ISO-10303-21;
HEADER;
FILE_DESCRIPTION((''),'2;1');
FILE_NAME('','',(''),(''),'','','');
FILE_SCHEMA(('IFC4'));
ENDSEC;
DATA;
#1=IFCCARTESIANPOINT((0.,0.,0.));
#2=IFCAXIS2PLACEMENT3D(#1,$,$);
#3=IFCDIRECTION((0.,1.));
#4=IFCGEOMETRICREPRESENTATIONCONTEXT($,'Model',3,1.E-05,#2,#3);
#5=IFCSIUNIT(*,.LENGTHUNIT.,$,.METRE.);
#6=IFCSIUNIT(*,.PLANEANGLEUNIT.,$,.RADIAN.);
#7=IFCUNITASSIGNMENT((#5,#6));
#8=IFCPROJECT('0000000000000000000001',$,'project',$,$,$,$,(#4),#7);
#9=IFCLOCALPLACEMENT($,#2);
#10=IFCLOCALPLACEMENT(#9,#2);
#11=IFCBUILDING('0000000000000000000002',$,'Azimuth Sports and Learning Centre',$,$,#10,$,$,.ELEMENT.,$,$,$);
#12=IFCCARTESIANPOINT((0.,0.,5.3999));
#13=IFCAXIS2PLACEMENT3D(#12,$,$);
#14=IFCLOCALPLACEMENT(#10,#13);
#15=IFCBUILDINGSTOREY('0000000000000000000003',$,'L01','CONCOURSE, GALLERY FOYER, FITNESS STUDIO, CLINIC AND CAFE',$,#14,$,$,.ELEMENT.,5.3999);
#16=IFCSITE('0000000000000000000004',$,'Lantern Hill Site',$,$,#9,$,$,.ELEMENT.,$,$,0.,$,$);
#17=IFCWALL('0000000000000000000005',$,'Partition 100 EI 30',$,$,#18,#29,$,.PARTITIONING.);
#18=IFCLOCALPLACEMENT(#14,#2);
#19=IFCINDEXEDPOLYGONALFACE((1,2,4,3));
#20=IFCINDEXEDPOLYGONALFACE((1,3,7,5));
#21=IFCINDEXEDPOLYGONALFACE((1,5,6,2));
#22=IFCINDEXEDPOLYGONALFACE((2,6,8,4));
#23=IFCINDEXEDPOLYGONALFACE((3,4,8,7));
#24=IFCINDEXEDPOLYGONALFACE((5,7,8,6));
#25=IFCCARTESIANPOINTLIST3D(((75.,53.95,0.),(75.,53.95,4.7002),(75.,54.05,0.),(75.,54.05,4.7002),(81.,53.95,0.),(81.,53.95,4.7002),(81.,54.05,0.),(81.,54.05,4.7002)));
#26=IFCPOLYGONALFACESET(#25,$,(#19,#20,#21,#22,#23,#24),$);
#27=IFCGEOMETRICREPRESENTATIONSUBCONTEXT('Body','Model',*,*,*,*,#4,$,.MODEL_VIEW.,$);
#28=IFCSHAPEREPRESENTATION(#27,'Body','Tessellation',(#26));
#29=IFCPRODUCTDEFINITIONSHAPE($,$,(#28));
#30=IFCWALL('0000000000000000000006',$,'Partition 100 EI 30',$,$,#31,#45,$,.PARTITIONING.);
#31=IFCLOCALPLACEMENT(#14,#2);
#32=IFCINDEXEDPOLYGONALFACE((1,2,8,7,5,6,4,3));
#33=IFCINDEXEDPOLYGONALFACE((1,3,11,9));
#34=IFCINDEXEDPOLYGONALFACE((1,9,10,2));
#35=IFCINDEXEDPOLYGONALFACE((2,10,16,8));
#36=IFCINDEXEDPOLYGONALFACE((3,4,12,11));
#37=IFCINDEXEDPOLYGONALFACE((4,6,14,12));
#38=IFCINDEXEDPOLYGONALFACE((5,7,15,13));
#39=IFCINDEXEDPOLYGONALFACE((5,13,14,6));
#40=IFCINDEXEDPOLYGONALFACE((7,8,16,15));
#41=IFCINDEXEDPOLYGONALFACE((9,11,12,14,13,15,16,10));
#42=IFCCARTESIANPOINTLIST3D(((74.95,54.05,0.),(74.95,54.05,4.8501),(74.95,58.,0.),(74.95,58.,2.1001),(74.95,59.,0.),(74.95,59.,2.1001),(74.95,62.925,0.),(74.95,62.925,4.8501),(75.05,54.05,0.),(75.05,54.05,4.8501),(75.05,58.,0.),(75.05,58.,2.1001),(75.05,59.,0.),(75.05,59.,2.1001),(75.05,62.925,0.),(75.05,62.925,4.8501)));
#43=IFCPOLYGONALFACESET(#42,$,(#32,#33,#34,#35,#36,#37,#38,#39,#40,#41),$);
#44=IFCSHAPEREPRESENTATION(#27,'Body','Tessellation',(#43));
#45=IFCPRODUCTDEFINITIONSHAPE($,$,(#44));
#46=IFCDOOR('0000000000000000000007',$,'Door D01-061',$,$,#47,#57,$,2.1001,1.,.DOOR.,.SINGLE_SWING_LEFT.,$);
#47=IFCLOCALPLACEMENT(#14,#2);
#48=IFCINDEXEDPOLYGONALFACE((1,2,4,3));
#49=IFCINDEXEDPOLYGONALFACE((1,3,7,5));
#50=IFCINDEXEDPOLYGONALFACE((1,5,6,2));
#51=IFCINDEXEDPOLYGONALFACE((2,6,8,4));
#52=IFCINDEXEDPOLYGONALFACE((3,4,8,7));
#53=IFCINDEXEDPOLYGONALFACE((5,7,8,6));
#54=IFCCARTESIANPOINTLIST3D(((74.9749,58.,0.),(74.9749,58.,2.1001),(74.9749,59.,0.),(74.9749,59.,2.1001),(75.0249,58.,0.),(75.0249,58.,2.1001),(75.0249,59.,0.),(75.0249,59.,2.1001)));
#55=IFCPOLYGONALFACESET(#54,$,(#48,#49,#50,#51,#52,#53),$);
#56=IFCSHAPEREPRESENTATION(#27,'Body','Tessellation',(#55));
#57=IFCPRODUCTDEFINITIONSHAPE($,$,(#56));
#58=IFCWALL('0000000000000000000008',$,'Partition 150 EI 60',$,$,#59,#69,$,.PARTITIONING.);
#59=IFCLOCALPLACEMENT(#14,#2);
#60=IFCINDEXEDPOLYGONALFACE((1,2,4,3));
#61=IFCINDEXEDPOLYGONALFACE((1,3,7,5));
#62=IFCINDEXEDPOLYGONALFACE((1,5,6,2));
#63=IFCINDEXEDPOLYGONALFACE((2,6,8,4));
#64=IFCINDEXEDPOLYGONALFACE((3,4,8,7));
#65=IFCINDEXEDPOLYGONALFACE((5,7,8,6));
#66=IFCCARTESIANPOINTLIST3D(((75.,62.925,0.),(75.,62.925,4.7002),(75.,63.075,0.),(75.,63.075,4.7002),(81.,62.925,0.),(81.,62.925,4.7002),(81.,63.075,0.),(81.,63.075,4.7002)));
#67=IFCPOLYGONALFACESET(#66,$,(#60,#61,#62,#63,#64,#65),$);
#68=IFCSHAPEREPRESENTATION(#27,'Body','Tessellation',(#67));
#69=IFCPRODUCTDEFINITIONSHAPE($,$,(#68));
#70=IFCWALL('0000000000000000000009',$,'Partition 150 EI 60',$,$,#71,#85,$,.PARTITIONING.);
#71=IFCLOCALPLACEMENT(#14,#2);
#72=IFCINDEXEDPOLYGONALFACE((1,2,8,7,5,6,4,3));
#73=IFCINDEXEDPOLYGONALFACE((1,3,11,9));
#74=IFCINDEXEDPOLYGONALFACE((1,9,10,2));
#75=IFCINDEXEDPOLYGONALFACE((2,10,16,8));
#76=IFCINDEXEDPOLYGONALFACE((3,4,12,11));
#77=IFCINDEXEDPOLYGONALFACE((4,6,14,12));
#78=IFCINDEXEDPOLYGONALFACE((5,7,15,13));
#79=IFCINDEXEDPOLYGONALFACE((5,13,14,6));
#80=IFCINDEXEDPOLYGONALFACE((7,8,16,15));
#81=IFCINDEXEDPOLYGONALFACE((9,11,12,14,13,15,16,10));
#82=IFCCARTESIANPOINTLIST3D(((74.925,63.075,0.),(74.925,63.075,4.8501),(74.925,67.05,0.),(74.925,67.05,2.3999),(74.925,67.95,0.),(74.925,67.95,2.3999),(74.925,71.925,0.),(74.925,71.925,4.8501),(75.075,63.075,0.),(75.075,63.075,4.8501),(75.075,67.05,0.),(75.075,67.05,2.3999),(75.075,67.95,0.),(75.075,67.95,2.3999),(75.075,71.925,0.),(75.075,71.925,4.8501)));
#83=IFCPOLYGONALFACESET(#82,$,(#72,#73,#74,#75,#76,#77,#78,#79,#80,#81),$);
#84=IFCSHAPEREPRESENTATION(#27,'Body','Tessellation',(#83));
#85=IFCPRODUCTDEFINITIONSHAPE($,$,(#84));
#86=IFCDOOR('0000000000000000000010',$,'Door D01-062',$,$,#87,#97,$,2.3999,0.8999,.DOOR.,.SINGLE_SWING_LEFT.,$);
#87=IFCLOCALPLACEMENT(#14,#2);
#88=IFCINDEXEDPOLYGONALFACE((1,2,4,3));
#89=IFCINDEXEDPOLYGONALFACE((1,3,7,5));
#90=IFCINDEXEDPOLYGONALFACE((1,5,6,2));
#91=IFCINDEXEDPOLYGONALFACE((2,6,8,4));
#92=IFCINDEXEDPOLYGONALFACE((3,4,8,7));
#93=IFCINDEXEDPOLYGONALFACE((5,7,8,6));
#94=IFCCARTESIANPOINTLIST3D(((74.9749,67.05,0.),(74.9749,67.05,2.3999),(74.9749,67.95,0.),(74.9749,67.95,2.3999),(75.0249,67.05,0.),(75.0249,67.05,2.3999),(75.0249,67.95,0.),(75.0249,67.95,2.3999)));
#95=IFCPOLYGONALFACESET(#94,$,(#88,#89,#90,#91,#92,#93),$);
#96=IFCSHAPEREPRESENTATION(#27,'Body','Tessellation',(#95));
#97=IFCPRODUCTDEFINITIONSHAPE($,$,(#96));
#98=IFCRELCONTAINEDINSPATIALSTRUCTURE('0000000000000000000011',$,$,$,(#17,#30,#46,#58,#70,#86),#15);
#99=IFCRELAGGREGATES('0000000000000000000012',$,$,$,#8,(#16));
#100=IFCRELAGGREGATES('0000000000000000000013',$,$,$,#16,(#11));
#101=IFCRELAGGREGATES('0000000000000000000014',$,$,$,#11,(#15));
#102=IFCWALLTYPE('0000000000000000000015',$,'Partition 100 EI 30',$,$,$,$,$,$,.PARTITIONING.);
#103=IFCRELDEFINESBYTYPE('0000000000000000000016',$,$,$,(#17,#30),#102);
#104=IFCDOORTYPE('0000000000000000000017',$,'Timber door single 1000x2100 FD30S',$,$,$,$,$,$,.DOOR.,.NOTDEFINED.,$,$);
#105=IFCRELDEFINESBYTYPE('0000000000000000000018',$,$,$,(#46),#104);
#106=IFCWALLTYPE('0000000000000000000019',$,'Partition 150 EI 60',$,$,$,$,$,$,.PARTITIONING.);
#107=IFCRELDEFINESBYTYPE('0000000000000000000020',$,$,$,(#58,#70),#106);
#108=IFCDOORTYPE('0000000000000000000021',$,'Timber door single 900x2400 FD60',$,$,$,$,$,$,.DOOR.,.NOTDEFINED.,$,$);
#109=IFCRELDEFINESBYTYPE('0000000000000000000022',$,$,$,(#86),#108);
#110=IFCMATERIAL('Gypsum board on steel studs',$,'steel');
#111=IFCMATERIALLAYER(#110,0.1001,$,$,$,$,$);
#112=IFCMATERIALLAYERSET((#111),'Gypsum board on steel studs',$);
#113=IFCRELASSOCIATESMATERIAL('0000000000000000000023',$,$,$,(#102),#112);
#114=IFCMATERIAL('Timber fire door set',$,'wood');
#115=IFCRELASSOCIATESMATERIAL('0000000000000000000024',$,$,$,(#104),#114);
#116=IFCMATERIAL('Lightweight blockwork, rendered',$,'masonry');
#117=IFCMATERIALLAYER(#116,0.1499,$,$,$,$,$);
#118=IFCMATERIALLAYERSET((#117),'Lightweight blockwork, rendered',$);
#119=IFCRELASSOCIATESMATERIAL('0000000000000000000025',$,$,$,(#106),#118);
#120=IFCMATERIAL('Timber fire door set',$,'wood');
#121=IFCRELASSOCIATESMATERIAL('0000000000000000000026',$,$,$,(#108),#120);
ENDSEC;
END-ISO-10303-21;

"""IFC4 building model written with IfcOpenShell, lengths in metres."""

from ifc_helpers import new_model, si_unit, direction, frame, frame_2d, origin, place, context, subcontext, project, spatial, rectangle, extrude, material, layer, layer_set, type_object, element, fill, save


model = new_model("IFC4")

# Units and contexts
model_context = context("Model", 3, precision=1e-05, world=origin(), true_north=direction((0.0, 1.0)))
body_context = subcontext(model_context, "Body", "Model", "MODEL_VIEW")
ifc_project = project(units=[si_unit("LENGTHUNIT", "METRE"), si_unit("PLANEANGLEUNIT", "RADIAN")], contexts=[model_context])

# Site, building, storey
site_placement = place(None, origin())
site = spatial("IfcSite", under=ifc_project, at=site_placement, Name="Lantern Hill Site", CompositionType="ELEMENT", RefElevation=0.0)
building_placement = place(site_placement, origin())
building = spatial("IfcBuilding", under=site, at=building_placement, Name="Azimuth Sports and Learning Centre", CompositionType="ELEMENT")
storey_placement = place(building_placement, frame((0.0, 0.0, 5.3999)))
storey = spatial("IfcBuildingStorey", under=building, at=storey_placement, Name="L01", Description="CONCOURSE, GALLERY FOYER, FITNESS STUDIO, CLINIC AND CAFE", CompositionType="ELEMENT", Elevation=5.3999)

# Wall
ifc_material_1 = material(Name="Gypsum board on steel studs", Category="steel")
ifc_layer_1 = layer(ifc_material_1, 0.1001)
ifc_layer_set_1 = layer_set([ifc_layer_1], Name="Gypsum board on steel studs")
wall_type_1 = type_object("IfcWallType", Name="Partition 100 EI 30", PredefinedType="PARTITIONING", material=ifc_layer_set_1)
wall_1_placement = place(storey_placement, frame((75.0, 54.0, 0.0), z_axis=(0.0, 0.0, 1.0), x_axis=(1.0, 0.0, 0.0)))
element("IfcWall", 1, at=wall_1_placement, inside=storey, type_object=wall_type_1, Name="Partition 100 EI 30", PredefinedType="PARTITIONING", context=body_context, shape_type="SweptSolid", body=[
    extrude(rectangle(XDim=6.0, YDim=0.1001, at=frame_2d((3.0, 0.0))), origin(), (0.0, 0.0, 1.0), 4.7002),
])

# Wall, opening, door
wall_2_placement = place(storey_placement, frame((75.0, 54.05, 0.0), z_axis=(0.0, 0.0, 1.0), x_axis=(0.0, 1.0, 0.0)))
wall_2 = element("IfcWall", 2, at=wall_2_placement, inside=storey, type_object=wall_type_1, Name="Partition 100 EI 30", PredefinedType="PARTITIONING", context=body_context, shape_type="SweptSolid", body=[
    extrude(rectangle(XDim=8.875, YDim=0.1001, at=frame_2d((4.4375, 0.0))), origin(), (0.0, 0.0, 1.0), 4.8501),
])
opening_1_placement = place(wall_2_placement, frame((3.95, 0.0, 0.0)))
opening_1 = element("IfcOpeningElement", 3, at=opening_1_placement, cuts=wall_2, PredefinedType="OPENING", context=body_context, shape_type="SweptSolid", body=[
    extrude(rectangle(XDim=1.0, YDim=2.1001, at=frame_2d((0.5, 1.05))), frame((0.0, 0.061, 0.0), z_axis=(0.0, -1.0, 0.0), x_axis=(1.0, 0.0, 0.0)), (0.0, 0.0, 1.0), 0.1221),
])
ifc_material_2 = material(Name="Timber fire door set", Category="wood")
door_type_1 = type_object("IfcDoorType", Name="Timber door single 1000x2100 FD30S", OperationType="NOTDEFINED", PredefinedType="DOOR", material=ifc_material_2)
door_1_placement = place(opening_1_placement, frame((1.0, 0.0, 0.0), z_axis=(0.0, 0.0, 1.0), x_axis=(-1.0, 0.0, 0.0)))
door_1 = element("IfcDoor", 4, at=door_1_placement, inside=storey, type_object=door_type_1, Name="Door D01-061", OperationType="SINGLE_SWING_LEFT", OverallHeight=2.1001, OverallWidth=1.0, PredefinedType="DOOR", context=body_context, shape_type="SweptSolid", body=[
    extrude(rectangle(XDim=1.0, YDim=2.1001, at=frame_2d((0.5, 1.05))), frame((0.0, 0.0249, 0.0), z_axis=(0.0, -1.0, 0.0), x_axis=(1.0, 0.0, 0.0)), (0.0, 0.0, 1.0), 0.05),
])
fill(opening_1, door_1)

# Wall
ifc_material_3 = material(Name="Lightweight blockwork, rendered", Category="masonry")
ifc_layer_2 = layer(ifc_material_3, 0.1499)
ifc_layer_set_2 = layer_set([ifc_layer_2], Name="Lightweight blockwork, rendered")
wall_type_2 = type_object("IfcWallType", Name="Partition 150 EI 60", PredefinedType="PARTITIONING", material=ifc_layer_set_2)
wall_3_placement = place(storey_placement, frame((75.0, 63.0, 0.0), z_axis=(0.0, 0.0, 1.0), x_axis=(1.0, 0.0, 0.0)))
element("IfcWall", 5, at=wall_3_placement, inside=storey, type_object=wall_type_2, Name="Partition 150 EI 60", PredefinedType="PARTITIONING", context=body_context, shape_type="SweptSolid", body=[
    extrude(rectangle(XDim=6.0, YDim=0.1499, at=frame_2d((3.0, 0.0))), origin(), (0.0, 0.0, 1.0), 4.7002),
])

# Wall, opening, door
wall_4_placement = place(storey_placement, frame((75.0, 63.075, 0.0), z_axis=(0.0, 0.0, 1.0), x_axis=(0.0, 1.0, 0.0)))
wall_4 = element("IfcWall", 6, at=wall_4_placement, inside=storey, type_object=wall_type_2, Name="Partition 150 EI 60", PredefinedType="PARTITIONING", context=body_context, shape_type="SweptSolid", body=[
    extrude(rectangle(XDim=8.8501, YDim=0.1499, at=frame_2d((4.425, 0.0))), origin(), (0.0, 0.0, 1.0), 4.8501),
])
opening_2_placement = place(wall_4_placement, frame((3.9751, 0.0, 0.0)))
opening_2 = element("IfcOpeningElement", 7, at=opening_2_placement, cuts=wall_4, PredefinedType="OPENING", context=body_context, shape_type="SweptSolid", body=[
    extrude(rectangle(XDim=0.8999, YDim=2.3999, at=frame_2d((0.45, 1.2))), frame((0.0, 0.0859, 0.0), z_axis=(0.0, -1.0, 0.0), x_axis=(1.0, 0.0, 0.0)), (0.0, 0.0, 1.0), 0.1719),
])
ifc_material_4 = material(Name="Timber fire door set", Category="wood")
door_type_2 = type_object("IfcDoorType", Name="Timber door single 900x2400 FD60", OperationType="NOTDEFINED", PredefinedType="DOOR", material=ifc_material_4)
door_2_placement = place(opening_2_placement, frame((0.8999, 0.0, 0.0), z_axis=(0.0, 0.0, 1.0), x_axis=(-1.0, 0.0, 0.0)))
door_2 = element("IfcDoor", 8, at=door_2_placement, inside=storey, type_object=door_type_2, Name="Door D01-062", OperationType="SINGLE_SWING_LEFT", OverallHeight=2.3999, OverallWidth=0.8999, PredefinedType="DOOR", context=body_context, shape_type="SweptSolid", body=[
    extrude(rectangle(XDim=0.8999, YDim=2.3999, at=frame_2d((0.45, 1.2))), frame((0.0, 0.0249, 0.0), z_axis=(0.0, -1.0, 0.0), x_axis=(1.0, 0.0, 0.0)), (0.0, 0.0, 1.0), 0.05),
])
fill(opening_2, door_2)

save(model, "model.ifc")
